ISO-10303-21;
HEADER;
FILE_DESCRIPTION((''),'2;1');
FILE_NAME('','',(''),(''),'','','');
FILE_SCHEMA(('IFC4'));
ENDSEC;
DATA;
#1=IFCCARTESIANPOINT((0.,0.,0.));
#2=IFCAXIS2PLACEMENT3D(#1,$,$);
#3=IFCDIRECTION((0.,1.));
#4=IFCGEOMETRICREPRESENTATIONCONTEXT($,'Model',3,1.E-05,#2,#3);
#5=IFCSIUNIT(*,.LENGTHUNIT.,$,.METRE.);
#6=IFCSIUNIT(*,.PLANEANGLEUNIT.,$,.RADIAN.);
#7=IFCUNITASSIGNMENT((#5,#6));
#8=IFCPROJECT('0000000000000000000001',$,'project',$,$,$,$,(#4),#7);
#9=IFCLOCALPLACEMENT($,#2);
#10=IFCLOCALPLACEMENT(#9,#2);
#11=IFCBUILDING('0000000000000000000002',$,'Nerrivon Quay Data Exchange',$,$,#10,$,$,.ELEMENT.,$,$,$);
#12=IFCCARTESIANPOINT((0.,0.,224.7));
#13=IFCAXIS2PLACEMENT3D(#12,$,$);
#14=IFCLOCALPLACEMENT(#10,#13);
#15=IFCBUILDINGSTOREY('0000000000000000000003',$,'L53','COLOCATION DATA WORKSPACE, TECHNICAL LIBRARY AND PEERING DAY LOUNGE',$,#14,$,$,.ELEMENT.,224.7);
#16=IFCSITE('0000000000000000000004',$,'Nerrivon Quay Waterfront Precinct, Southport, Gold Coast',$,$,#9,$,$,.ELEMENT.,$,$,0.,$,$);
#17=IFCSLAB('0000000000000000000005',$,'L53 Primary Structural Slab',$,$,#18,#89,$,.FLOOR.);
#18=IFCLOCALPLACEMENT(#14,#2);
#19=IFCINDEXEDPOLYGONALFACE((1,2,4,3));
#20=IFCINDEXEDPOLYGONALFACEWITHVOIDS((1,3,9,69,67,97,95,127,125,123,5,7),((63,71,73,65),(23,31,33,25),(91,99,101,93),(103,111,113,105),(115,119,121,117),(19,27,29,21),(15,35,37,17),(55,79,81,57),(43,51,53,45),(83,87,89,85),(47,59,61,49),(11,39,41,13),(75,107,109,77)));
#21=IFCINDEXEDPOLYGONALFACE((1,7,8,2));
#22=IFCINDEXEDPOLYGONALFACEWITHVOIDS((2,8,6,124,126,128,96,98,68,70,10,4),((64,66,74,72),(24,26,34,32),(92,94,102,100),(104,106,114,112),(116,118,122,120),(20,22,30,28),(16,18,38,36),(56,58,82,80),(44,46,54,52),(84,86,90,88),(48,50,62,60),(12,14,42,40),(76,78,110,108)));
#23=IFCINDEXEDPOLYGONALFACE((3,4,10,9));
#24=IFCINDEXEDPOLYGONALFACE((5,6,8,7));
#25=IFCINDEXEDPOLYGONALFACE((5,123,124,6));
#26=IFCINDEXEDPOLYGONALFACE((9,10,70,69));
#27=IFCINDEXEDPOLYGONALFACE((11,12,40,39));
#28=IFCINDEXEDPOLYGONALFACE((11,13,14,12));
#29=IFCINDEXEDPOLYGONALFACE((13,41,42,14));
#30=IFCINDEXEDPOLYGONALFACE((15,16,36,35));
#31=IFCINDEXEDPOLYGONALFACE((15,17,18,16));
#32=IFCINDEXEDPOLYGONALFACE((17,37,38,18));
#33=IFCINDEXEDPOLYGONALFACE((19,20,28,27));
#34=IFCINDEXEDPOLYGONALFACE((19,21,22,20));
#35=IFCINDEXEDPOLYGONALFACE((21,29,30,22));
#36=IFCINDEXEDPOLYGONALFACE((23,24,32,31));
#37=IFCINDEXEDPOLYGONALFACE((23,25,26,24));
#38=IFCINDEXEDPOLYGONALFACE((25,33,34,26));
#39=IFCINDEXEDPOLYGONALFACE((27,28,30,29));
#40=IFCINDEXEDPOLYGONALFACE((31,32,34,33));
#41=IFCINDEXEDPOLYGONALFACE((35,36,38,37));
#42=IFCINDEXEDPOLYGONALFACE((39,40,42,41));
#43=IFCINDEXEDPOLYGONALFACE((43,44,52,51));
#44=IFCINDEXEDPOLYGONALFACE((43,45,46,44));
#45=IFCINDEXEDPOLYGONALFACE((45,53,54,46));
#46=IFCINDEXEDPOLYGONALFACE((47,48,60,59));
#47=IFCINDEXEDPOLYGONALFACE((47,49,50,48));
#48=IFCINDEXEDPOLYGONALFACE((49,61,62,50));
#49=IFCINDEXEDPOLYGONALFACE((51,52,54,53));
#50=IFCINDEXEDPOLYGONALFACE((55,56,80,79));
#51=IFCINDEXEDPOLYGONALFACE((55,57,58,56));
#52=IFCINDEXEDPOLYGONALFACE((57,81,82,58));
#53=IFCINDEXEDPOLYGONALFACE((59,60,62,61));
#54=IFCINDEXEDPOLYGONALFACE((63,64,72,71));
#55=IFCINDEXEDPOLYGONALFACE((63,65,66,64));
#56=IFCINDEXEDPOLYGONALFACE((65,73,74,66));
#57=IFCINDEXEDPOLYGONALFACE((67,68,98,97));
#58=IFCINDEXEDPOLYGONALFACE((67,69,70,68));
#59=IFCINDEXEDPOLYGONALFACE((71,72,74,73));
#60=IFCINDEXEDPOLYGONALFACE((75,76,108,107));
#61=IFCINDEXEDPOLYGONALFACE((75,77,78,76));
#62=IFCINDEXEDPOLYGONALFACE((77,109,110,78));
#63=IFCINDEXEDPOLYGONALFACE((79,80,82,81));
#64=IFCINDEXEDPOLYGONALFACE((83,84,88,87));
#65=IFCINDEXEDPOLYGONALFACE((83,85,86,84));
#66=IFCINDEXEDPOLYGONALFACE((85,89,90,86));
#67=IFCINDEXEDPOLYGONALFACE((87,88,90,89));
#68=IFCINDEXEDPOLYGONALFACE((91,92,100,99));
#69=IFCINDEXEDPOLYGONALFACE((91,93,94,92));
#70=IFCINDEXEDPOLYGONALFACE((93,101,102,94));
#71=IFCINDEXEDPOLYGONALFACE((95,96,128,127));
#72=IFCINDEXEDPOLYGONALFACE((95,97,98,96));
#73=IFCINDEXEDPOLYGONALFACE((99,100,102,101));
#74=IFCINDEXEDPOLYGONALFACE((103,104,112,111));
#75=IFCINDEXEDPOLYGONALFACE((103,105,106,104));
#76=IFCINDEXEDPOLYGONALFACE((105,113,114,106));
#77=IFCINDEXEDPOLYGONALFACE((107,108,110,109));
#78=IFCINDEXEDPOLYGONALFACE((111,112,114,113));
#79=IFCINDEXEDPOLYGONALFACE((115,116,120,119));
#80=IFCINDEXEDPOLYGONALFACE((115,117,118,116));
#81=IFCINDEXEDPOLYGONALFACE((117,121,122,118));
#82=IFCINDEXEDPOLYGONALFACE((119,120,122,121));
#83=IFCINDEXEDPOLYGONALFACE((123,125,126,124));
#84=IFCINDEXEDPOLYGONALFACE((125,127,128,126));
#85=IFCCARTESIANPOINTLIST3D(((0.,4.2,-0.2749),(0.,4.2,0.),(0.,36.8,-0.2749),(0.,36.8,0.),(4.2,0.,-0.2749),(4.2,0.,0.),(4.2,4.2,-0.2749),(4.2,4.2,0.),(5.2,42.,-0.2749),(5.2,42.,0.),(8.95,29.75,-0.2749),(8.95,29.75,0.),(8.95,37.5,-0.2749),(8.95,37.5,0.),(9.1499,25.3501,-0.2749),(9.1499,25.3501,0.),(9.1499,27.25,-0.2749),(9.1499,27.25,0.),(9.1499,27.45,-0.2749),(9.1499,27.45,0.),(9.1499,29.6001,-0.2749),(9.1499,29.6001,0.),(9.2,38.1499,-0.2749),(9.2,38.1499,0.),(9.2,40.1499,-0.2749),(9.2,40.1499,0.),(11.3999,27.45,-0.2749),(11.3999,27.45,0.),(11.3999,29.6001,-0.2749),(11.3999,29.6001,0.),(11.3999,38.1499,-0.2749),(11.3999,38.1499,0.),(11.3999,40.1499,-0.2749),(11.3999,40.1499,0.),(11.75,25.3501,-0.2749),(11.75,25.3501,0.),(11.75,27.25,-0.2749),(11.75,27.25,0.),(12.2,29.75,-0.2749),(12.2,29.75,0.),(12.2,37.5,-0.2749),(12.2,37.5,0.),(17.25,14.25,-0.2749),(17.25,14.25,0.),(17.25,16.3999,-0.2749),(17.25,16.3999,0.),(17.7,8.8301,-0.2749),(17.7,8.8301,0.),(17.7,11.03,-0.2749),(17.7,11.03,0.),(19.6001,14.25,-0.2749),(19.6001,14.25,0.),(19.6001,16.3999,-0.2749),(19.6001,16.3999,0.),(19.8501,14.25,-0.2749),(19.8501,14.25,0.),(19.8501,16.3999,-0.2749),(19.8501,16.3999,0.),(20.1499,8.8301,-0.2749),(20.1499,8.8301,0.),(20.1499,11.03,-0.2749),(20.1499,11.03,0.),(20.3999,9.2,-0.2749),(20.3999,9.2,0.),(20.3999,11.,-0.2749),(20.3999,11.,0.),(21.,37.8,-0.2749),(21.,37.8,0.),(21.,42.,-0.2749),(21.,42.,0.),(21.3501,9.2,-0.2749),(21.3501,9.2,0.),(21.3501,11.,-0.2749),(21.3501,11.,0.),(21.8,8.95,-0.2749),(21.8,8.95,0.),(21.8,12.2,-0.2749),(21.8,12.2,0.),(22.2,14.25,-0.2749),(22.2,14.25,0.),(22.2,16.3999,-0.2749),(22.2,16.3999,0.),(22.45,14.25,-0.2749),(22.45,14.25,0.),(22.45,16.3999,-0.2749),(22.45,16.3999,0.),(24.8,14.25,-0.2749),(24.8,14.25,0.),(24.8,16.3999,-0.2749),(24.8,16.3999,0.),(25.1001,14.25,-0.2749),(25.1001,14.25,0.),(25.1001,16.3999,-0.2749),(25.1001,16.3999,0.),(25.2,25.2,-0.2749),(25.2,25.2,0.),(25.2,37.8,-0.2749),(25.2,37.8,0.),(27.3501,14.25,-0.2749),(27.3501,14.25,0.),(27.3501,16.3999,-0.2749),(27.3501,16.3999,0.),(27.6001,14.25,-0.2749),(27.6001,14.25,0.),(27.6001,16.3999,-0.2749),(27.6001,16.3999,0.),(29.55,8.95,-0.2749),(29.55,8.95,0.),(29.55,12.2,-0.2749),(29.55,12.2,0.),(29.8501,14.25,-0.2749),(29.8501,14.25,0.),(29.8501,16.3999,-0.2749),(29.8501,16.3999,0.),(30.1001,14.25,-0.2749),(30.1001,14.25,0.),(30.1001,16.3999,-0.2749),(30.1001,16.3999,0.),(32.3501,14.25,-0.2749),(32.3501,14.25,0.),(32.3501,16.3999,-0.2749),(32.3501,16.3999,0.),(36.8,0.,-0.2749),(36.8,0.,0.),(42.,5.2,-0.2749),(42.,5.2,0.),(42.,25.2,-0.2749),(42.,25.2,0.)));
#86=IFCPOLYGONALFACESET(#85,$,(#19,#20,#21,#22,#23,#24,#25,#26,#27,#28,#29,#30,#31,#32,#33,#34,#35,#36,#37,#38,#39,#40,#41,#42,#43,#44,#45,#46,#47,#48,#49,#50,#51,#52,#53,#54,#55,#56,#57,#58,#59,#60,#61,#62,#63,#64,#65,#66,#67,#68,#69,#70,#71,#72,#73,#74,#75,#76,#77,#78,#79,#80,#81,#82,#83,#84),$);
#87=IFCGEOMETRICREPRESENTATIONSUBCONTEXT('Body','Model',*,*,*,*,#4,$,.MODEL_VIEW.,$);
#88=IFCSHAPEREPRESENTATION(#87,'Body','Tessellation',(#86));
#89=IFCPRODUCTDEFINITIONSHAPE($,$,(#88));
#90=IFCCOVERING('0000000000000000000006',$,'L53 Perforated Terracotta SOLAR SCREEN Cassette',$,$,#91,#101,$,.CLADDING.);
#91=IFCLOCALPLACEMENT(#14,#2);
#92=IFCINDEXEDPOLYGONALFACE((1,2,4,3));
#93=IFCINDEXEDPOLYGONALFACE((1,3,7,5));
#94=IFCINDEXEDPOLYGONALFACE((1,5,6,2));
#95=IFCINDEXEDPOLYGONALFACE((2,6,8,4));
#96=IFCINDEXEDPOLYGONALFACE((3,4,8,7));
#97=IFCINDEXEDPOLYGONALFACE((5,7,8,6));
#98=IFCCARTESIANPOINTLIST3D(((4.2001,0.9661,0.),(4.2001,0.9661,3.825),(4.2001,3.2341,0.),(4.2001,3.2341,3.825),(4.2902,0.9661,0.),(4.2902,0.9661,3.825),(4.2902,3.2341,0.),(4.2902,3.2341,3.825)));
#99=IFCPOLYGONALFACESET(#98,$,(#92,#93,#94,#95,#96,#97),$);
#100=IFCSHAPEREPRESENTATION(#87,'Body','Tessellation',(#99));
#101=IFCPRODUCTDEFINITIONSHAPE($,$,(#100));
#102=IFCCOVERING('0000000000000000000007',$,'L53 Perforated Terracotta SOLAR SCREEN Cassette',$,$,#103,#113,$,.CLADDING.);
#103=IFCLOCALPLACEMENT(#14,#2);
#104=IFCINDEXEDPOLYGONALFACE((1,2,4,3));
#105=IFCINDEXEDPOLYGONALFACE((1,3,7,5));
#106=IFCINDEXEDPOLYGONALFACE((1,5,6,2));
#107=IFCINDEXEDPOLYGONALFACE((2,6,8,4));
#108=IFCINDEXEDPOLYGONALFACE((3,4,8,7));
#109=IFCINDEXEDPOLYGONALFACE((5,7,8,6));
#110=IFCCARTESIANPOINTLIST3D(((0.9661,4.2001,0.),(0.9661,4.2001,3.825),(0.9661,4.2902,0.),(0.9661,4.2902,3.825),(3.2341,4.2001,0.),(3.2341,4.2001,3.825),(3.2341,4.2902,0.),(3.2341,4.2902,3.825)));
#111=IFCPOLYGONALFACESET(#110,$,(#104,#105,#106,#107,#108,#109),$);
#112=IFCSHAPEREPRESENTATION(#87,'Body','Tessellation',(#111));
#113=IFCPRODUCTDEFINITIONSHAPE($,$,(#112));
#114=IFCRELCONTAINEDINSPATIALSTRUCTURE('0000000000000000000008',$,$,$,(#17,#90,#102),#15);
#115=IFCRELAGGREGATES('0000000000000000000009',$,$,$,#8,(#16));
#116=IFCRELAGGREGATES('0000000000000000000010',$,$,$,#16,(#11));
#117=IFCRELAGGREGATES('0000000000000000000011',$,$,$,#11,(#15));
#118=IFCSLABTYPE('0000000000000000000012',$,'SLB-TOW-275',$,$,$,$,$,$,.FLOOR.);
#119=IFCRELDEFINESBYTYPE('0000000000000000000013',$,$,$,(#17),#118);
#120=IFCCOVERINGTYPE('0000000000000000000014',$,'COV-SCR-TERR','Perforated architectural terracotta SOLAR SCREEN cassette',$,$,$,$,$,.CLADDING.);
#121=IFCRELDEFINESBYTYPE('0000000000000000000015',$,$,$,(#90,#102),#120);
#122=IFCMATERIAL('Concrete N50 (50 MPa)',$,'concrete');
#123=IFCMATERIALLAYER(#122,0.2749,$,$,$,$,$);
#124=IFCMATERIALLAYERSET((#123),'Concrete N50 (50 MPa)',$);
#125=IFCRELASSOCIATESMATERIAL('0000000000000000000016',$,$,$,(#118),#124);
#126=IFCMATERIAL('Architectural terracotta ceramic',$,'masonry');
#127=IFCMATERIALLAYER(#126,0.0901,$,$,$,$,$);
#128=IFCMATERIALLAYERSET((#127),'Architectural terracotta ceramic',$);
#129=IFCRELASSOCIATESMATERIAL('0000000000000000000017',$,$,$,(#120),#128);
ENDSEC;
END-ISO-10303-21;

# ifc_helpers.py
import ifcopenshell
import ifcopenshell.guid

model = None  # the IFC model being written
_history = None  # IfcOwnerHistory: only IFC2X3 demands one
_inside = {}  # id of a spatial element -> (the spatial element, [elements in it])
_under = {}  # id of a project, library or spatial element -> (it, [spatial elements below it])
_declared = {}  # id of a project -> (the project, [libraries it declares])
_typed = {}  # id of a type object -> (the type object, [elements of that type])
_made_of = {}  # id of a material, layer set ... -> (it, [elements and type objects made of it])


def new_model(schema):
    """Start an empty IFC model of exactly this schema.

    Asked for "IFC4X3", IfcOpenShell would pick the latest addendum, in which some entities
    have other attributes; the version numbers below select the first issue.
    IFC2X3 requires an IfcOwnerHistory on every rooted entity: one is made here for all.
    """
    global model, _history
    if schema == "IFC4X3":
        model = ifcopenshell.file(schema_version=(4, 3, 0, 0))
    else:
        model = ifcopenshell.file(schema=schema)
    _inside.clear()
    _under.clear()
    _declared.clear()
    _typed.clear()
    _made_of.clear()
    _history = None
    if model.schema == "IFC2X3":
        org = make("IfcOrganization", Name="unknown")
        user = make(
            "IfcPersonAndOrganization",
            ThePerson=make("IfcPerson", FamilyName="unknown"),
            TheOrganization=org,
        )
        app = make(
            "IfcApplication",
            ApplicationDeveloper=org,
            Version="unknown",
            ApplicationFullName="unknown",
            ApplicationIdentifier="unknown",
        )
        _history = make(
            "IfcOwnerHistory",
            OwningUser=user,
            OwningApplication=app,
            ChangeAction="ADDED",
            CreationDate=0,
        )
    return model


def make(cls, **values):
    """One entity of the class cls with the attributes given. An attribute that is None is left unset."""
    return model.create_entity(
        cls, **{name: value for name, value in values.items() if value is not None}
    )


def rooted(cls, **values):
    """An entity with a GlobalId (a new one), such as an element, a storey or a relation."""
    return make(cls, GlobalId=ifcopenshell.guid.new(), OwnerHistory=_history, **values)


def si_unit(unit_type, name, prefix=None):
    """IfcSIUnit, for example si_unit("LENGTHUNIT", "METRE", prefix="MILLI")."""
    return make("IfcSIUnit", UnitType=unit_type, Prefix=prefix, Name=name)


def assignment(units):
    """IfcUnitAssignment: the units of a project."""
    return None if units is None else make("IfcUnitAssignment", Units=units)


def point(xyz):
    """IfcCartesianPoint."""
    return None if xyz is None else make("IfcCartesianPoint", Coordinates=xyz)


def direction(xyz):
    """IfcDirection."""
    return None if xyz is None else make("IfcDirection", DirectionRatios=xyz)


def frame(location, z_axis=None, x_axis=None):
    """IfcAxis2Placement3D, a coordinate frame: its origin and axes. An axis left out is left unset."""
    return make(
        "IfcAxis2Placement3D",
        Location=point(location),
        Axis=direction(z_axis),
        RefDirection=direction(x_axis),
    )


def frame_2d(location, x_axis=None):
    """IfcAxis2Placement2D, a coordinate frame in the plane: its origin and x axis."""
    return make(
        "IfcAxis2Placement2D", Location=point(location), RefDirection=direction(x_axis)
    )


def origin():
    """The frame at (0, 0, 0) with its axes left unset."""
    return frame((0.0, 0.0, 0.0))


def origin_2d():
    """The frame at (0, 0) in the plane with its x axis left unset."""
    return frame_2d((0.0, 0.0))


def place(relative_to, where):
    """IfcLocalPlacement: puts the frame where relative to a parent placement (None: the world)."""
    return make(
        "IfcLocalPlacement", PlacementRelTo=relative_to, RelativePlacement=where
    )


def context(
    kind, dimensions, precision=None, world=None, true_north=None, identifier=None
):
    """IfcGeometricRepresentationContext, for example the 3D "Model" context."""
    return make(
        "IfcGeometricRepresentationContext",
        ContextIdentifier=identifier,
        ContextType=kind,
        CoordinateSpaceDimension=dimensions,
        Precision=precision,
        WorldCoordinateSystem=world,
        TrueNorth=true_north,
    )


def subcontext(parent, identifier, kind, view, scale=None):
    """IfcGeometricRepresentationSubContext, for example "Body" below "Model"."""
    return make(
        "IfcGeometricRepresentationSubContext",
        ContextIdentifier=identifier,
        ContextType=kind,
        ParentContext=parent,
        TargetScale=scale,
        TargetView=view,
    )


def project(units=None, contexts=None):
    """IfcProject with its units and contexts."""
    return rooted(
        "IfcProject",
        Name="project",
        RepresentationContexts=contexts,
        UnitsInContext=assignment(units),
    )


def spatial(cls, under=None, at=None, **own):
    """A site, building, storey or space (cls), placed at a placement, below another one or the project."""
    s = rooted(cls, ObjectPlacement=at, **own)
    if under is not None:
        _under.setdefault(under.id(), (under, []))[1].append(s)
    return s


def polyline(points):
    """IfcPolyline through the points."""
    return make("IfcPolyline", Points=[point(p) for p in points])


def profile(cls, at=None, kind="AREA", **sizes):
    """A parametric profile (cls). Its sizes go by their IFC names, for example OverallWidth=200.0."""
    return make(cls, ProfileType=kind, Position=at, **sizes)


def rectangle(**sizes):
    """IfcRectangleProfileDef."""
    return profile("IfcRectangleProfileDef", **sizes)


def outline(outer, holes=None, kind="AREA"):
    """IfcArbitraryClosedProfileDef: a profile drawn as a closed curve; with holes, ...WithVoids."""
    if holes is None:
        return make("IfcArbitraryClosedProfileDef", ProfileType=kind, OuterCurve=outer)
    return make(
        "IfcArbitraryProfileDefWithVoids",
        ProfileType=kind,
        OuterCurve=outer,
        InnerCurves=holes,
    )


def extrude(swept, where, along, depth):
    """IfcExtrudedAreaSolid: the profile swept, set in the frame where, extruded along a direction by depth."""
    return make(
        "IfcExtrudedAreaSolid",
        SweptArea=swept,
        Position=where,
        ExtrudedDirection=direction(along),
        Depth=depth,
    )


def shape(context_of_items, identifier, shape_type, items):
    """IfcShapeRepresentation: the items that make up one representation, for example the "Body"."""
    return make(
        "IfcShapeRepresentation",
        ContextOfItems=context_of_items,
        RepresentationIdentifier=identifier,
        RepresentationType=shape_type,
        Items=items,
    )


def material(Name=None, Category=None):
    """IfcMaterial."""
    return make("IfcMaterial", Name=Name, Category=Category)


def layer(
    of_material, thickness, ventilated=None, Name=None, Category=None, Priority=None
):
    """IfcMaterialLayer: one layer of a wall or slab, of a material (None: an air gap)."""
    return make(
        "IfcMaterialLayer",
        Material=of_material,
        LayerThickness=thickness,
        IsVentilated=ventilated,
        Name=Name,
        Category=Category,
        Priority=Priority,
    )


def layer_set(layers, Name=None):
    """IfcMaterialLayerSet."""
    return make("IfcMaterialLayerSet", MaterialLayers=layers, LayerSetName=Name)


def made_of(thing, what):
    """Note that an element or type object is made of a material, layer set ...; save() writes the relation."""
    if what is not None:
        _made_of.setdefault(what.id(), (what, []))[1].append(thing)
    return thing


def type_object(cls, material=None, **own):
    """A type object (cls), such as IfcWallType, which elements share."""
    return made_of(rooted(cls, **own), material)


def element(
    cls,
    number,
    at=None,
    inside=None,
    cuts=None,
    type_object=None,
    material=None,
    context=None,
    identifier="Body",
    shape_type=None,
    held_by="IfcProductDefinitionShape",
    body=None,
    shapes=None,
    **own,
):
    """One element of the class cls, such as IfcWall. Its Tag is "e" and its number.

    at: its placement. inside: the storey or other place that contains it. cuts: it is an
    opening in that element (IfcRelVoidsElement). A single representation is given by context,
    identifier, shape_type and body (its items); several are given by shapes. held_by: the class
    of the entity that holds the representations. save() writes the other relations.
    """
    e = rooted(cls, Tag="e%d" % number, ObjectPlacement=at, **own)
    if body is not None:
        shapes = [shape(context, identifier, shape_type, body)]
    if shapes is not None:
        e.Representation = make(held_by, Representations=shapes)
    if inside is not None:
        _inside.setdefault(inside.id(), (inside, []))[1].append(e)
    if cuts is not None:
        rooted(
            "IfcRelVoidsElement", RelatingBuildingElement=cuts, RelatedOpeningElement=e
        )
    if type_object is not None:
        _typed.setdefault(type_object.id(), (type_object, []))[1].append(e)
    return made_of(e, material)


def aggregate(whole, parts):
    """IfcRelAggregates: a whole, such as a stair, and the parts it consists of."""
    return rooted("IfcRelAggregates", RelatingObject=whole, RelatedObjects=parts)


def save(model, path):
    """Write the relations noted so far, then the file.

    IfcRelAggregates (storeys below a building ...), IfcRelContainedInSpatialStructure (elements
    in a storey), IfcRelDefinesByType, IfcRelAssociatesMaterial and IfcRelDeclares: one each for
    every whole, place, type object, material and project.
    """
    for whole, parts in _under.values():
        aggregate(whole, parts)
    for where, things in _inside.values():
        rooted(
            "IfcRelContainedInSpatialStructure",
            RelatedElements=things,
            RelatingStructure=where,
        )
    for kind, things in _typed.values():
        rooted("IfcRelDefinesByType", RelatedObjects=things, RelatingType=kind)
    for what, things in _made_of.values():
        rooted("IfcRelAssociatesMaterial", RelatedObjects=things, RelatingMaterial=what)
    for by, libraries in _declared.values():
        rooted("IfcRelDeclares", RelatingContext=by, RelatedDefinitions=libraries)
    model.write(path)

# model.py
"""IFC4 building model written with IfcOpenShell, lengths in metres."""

from ifc_helpers import new_model, si_unit, direction, frame, origin, origin_2d, place, context, subcontext, project, spatial, polyline, rectangle, outline, extrude, material, layer, layer_set, type_object, element, save


model = new_model("IFC4")

# Units and contexts
model_context = context("Model", 3, precision=1e-05, world=origin(), true_north=direction((0.0, 1.0)))
body_context = subcontext(model_context, "Body", "Model", "MODEL_VIEW")
ifc_project = project(units=[si_unit("LENGTHUNIT", "METRE"), si_unit("PLANEANGLEUNIT", "RADIAN")], contexts=[model_context])

# Site, building, storey
site_placement = place(None, origin())
site = spatial("IfcSite", under=ifc_project, at=site_placement, Name="Nerrivon Quay Waterfront Precinct, Southport, Gold Coast", CompositionType="ELEMENT", RefElevation=0.0)
building_placement = place(site_placement, origin())
building = spatial("IfcBuilding", under=site, at=building_placement, Name="Nerrivon Quay Data Exchange", CompositionType="ELEMENT")
storey_placement = place(building_placement, frame((0.0, 0.0, 224.7)))
storey = spatial("IfcBuildingStorey", under=building, at=storey_placement, Name="L53", Description="COLOCATION DATA WORKSPACE, TECHNICAL LIBRARY AND PEERING DAY LOUNGE", CompositionType="ELEMENT", Elevation=224.7)

# Shared definitions
ifc_material_1 = material(Name="Concrete N50 (50 MPa)", Category="concrete")

# Slab
ifc_layer_1 = layer(ifc_material_1, 0.2749)
ifc_layer_set_1 = layer_set([ifc_layer_1], Name="Concrete N50 (50 MPa)")
slab_type_1 = type_object("IfcSlabType", Name="SLB-TOW-275", PredefinedType="FLOOR", material=ifc_layer_set_1)
slab_1_placement = place(storey_placement, frame((0.0, 0.0, -0.2749)))
element("IfcSlab", 1, at=slab_1_placement, inside=storey, type_object=slab_type_1, Name="L53 Primary Structural Slab", PredefinedType="FLOOR", context=body_context, shape_type="SweptSolid", body=[
    extrude(outline(polyline([(42.0, 25.2), (25.2, 25.2), (25.2, 37.8), (21.0, 37.8), (21.0, 42.0), (5.2, 42.0), (0.0, 36.8), (0.0, 4.2), (4.2, 4.2), (4.2, 0.0), (36.8, 0.0), (42.0, 5.2), (42.0, 25.2)]), holes=[polyline([(8.95, 29.75), (8.95, 37.5), (12.2, 37.5), (12.2, 29.75), (8.95, 29.75)]), polyline([(21.8, 12.2), (29.55, 12.2), (29.55, 8.95), (21.8, 8.95), (21.8, 12.2)]), polyline([(30.1001, 16.3999), (32.3501, 16.3999), (32.3501, 14.25), (30.1001, 14.25), (30.1001, 16.3999)]), polyline([(27.6001, 16.3999), (29.8501, 16.3999), (29.8501, 14.25), (27.6001, 14.25), (27.6001, 16.3999)]), polyline([(25.1001, 14.25), (25.1001, 16.3999), (27.3501, 16.3999), (27.3501, 14.25), (25.1001, 14.25)]), polyline([(22.45, 16.3999), (24.8, 16.3999), (24.8, 14.25), (22.45, 14.25), (22.45, 16.3999)]), polyline([(19.8501, 16.3999), (22.2, 16.3999), (22.2, 14.25), (19.8501, 14.25), (19.8501, 16.3999)]), polyline([(20.3999, 9.2), (20.3999, 11.0), (21.3501, 11.0), (21.3501, 9.2), (20.3999, 9.2)]), polyline([(17.7, 8.8301), (17.7, 11.03), (20.1499, 11.03), (20.1499, 8.8301), (17.7, 8.8301)]), polyline([(17.25, 14.25), (17.25, 16.3999), (19.6001, 16.3999), (19.6001, 14.25), (17.25, 14.25)]), polyline([(9.1499, 27.25), (11.75, 27.25), (11.75, 25.3501), (9.1499, 25.3501), (9.1499, 27.25)]), polyline([(9.1499, 29.6001), (11.3999, 29.6001), (11.3999, 27.45), (9.1499, 27.45), (9.1499, 29.6001)]), polyline([(9.2, 38.1499), (9.2, 40.1499), (11.3999, 40.1499), (11.3999, 38.1499), (9.2, 38.1499)])]), origin(), (0.0, 0.0, 1.0), 0.2749),
])

# Coverings
ifc_material_2 = material(Name="Architectural terracotta ceramic", Category="masonry")
ifc_layer_2 = layer(ifc_material_2, 0.0901)
ifc_layer_set_2 = layer_set([ifc_layer_2], Name="Architectural terracotta ceramic")
covering_type = type_object("IfcCoveringType", Name="COV-SCR-TERR", Description="Perforated architectural terracotta SOLAR SCREEN cassette", PredefinedType="CLADDING", material=ifc_layer_set_2)
for number, where, z_axis, x_axis, name in (
    (2, (4.2451, 2.1001, 0.0), (0.0, 0.0, 1.0), (0.0, 1.0, 0.0), "L53 Perforated Terracotta SOLAR SCREEN Cassette"),
    (3, (2.1001, 4.2451, 0.0), (0.0, 0.0, 1.0), (-1.0, 0.0, 0.0), "L53 Perforated Terracotta SOLAR SCREEN Cassette"),
):
    element("IfcCovering", number, at=place(storey_placement, frame(where, z_axis=z_axis, x_axis=x_axis)), inside=storey, type_object=covering_type, Name=name, PredefinedType="CLADDING", context=body_context, shape_type="SweptSolid", body=[
        extrude(rectangle(XDim=2.2681, YDim=0.0901, at=origin_2d()), origin(), (0.0, 0.0, 1.0), 3.825),
    ])

save(model, "model.ifc")
